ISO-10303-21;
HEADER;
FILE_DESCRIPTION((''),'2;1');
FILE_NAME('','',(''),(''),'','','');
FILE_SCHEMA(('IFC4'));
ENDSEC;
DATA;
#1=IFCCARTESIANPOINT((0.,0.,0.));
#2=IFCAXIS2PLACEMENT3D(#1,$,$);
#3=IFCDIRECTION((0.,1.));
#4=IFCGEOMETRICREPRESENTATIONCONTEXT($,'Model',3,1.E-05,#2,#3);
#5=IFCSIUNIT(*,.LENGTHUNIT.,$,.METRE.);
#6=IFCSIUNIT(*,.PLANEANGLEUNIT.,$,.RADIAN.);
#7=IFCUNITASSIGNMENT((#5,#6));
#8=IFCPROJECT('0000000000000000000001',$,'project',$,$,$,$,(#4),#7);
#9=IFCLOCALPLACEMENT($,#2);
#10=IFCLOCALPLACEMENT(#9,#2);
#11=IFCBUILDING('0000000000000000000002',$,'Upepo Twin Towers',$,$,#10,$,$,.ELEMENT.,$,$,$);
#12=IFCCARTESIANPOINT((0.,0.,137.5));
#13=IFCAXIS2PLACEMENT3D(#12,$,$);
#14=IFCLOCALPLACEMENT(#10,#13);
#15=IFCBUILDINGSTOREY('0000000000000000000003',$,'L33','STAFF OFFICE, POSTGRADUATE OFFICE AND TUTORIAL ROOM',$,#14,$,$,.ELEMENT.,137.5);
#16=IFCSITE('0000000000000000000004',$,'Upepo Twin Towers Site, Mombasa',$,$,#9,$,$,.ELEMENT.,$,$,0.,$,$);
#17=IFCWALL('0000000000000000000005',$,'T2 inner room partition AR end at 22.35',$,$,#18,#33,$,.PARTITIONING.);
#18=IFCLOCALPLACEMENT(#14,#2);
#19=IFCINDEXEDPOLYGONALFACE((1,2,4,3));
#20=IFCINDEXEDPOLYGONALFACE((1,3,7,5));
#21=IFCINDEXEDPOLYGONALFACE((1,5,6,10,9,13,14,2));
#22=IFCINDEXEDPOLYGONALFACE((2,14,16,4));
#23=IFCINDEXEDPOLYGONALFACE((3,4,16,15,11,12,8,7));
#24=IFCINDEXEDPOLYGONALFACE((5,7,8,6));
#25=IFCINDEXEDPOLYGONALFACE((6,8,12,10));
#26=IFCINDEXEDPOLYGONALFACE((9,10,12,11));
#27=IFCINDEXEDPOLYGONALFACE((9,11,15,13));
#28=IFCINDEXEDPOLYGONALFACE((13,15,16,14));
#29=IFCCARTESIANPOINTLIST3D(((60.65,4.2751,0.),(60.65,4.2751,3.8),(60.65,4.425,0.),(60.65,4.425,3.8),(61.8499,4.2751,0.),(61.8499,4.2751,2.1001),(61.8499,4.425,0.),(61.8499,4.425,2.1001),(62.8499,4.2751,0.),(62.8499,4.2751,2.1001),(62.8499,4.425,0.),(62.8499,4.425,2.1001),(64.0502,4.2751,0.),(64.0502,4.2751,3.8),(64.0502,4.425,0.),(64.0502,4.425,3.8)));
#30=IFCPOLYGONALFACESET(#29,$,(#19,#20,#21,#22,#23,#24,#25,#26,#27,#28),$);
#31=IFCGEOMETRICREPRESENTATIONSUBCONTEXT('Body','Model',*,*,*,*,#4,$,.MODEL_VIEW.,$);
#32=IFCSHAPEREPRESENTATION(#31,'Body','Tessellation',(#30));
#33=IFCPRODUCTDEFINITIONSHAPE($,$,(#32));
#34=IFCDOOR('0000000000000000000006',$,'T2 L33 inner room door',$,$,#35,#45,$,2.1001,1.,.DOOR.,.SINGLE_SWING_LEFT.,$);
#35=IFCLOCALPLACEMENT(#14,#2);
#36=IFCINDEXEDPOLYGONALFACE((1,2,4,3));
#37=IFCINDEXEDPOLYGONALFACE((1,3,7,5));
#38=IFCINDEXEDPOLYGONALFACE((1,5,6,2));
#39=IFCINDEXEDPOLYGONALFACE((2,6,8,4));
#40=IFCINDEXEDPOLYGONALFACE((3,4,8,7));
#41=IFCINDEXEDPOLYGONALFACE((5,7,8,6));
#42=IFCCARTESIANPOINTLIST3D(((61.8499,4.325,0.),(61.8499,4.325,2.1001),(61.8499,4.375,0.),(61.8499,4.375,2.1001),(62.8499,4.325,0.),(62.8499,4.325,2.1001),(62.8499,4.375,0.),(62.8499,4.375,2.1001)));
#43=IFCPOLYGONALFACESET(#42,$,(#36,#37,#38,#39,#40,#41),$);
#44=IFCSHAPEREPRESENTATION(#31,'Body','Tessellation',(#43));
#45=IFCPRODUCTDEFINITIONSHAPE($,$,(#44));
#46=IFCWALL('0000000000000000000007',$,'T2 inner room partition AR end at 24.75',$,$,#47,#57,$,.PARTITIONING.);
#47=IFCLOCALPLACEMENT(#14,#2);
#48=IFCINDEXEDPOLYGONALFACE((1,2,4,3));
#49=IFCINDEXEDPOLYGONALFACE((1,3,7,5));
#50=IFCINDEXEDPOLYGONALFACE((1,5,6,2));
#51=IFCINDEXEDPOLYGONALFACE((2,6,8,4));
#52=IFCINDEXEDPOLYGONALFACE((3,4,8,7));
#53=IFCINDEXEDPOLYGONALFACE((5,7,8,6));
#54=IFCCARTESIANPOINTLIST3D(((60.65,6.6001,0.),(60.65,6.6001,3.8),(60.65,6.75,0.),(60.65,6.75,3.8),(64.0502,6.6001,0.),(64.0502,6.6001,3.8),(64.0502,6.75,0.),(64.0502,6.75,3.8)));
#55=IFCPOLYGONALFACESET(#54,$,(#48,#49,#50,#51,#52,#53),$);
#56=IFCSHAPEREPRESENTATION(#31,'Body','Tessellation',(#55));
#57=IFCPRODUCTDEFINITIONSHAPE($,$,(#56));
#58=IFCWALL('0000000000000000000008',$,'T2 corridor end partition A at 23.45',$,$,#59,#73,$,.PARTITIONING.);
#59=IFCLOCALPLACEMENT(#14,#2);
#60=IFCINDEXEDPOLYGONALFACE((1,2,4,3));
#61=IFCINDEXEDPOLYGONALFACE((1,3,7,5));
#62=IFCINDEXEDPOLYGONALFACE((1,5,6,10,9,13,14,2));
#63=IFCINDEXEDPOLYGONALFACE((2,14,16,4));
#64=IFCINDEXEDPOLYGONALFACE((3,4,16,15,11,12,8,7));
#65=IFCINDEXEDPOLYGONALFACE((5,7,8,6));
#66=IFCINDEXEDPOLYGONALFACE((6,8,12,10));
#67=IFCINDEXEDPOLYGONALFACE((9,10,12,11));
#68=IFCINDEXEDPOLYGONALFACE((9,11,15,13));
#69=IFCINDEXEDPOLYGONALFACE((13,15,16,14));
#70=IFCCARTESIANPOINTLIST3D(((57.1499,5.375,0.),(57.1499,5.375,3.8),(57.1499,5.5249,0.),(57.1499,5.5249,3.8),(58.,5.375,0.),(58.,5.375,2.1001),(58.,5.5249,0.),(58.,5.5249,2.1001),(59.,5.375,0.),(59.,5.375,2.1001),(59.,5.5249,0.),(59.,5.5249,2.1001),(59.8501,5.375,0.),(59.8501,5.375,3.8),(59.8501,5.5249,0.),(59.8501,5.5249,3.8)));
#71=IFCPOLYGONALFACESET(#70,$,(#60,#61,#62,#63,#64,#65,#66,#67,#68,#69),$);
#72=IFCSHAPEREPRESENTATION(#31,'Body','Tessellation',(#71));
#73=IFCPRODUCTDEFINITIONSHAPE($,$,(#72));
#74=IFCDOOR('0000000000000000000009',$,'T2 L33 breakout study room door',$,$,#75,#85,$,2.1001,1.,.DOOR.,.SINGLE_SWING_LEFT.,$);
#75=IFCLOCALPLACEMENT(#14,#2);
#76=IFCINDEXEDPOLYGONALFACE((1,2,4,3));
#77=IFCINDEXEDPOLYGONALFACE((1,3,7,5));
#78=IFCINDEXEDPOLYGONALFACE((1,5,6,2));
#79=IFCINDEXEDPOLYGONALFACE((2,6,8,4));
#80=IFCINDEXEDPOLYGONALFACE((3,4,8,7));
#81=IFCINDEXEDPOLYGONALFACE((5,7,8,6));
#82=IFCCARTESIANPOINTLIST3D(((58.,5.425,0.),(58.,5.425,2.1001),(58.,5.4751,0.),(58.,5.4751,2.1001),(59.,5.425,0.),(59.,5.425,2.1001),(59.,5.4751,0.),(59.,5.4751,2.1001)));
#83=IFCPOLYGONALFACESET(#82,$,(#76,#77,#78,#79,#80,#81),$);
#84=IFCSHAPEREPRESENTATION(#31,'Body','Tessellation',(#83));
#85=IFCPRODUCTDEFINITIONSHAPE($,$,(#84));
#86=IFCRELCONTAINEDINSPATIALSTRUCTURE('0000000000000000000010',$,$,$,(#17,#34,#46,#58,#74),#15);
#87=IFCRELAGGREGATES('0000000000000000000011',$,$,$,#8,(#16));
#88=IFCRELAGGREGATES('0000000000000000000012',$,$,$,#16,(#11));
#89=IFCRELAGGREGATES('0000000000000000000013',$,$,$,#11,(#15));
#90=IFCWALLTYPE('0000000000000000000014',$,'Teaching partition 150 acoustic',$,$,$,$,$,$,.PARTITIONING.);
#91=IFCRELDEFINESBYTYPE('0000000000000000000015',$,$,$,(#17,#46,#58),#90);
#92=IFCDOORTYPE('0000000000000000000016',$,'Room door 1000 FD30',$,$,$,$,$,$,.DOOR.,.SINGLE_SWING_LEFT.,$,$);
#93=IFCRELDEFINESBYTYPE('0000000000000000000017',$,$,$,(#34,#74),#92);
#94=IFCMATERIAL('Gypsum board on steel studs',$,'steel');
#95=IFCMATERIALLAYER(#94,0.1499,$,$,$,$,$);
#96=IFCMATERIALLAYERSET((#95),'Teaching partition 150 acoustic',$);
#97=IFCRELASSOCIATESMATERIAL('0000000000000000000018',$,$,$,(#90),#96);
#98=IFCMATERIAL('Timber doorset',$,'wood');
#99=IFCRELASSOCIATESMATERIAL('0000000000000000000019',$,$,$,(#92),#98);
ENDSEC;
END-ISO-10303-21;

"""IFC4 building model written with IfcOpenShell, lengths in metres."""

from ifc_helpers import new_model, si_unit, direction, frame, frame_2d, origin, place, context, subcontext, project, spatial, rectangle, extrude, material, layer, layer_set, type_object, element, fill, save


model = new_model("IFC4")

# Units and contexts
model_context = context("Model", 3, precision=1e-05, world=origin(), true_north=direction((0.0, 1.0)))
body_context = subcontext(model_context, "Body", "Model", "MODEL_VIEW")
ifc_project = project(units=[si_unit("LENGTHUNIT", "METRE"), si_unit("PLANEANGLEUNIT", "RADIAN")], contexts=[model_context])

# Site, building, storey
site_placement = place(None, origin())
site = spatial("IfcSite", under=ifc_project, at=site_placement, Name="Upepo Twin Towers Site, Mombasa", CompositionType="ELEMENT", RefElevation=0.0)
building_placement = place(site_placement, origin())
building = spatial("IfcBuilding", under=site, at=building_placement, Name="Upepo Twin Towers", CompositionType="ELEMENT")
storey_placement = place(building_placement, frame((0.0, 0.0, 137.5)))
storey = spatial("IfcBuildingStorey", under=building, at=storey_placement, Name="L33", Description="STAFF OFFICE, POSTGRADUATE OFFICE AND TUTORIAL ROOM", CompositionType="ELEMENT", Elevation=137.5)

# Shared definitions
ifc_material_1 = material(Name="Gypsum board on steel studs", Category="steel")
ifc_layer_1 = layer(ifc_material_1, 0.1499)
ifc_layer_set_1 = layer_set([ifc_layer_1], Name="Teaching partition 150 acoustic")
wall_type_1 = type_object("IfcWallType", Name="Teaching partition 150 acoustic", PredefinedType="PARTITIONING", material=ifc_layer_set_1)

# Wall, opening, door
wall_1_placement = place(storey_placement, frame((60.6499, 4.3501, 0.0), z_axis=(0.0, 0.0, 1.0), x_axis=(1.0, 0.0, 0.0)))
wall_1 = element("IfcWall", 1, at=wall_1_placement, inside=storey, type_object=wall_type_1, Name="T2 inner room partition AR end at 22.35", PredefinedType="PARTITIONING", context=body_context, shape_type="SweptSolid", body=[
    extrude(rectangle(XDim=3.4001, YDim=0.1499, at=frame_2d((1.7002, 0.0))), origin(), (0.0, 0.0, 1.0), 3.8),
])
opening_1_placement = place(wall_1_placement, frame((1.2, 0.0, 0.0)))
opening_1 = element("IfcOpeningElement", 2, at=opening_1_placement, cuts=wall_1, PredefinedType="OPENING", context=body_context, shape_type="SweptSolid", body=[
    extrude(rectangle(XDim=1.0, YDim=2.1001, at=frame_2d((0.5, 1.05))), frame((0.0, 0.085, 0.0), z_axis=(0.0, -1.0, 0.0), x_axis=(1.0, 0.0, 0.0)), (0.0, 0.0, 1.0), 0.1699),
])
ifc_material_2 = material(Name="Timber doorset", Category="wood")
door_type = type_object("IfcDoorType", Name="Room door 1000 FD30", OperationType="SINGLE_SWING_LEFT", PredefinedType="DOOR", material=ifc_material_2)
door_1_placement = place(opening_1_placement, origin())
door_1 = element("IfcDoor", 3, at=door_1_placement, inside=storey, type_object=door_type, Name="T2 L33 inner room door", OperationType="SINGLE_SWING_LEFT", OverallHeight=2.1001, OverallWidth=1.0, PredefinedType="DOOR", context=body_context, shape_type="SweptSolid", body=[
    extrude(rectangle(XDim=1.0, YDim=2.1001, at=frame_2d((0.5, 1.05))), frame((0.0, 0.0249, 0.0), z_axis=(0.0, -1.0, 0.0), x_axis=(1.0, 0.0, 0.0)), (0.0, 0.0, 1.0), 0.05),
])
fill(opening_1, door_1)

# Wall
wall_2_placement = place(storey_placement, frame((60.6499, 6.675, 0.0), z_axis=(0.0, 0.0, 1.0), x_axis=(1.0, 0.0, 0.0)))
element("IfcWall", 4, at=wall_2_placement, inside=storey, type_object=wall_type_1, Name="T2 inner room partition AR end at 24.75", PredefinedType="PARTITIONING", context=body_context, shape_type="SweptSolid", body=[
    extrude(rectangle(XDim=3.4001, YDim=0.1499, at=frame_2d((1.7002, 0.0))), origin(), (0.0, 0.0, 1.0), 3.8),
])

# Wall, opening, door
wall_3_placement = place(storey_placement, frame((59.8501, 5.45, 0.0), z_axis=(0.0, 0.0, 1.0), x_axis=(-1.0, 0.0, 0.0)))
wall_3 = element("IfcWall", 5, at=wall_3_placement, inside=storey, type_object=wall_type_1, Name="T2 corridor end partition A at 23.45", PredefinedType="PARTITIONING", context=body_context, shape_type="SweptSolid", body=[
    extrude(rectangle(XDim=2.7002, YDim=0.1499, at=frame_2d((1.3501, 0.0))), origin(), (0.0, 0.0, 1.0), 3.8),
])
opening_2_placement = place(wall_3_placement, frame((0.8501, 0.0, 0.0)))
opening_2 = element("IfcOpeningElement", 6, at=opening_2_placement, cuts=wall_3, PredefinedType="OPENING", context=body_context, shape_type="SweptSolid", body=[
    extrude(rectangle(XDim=1.0, YDim=2.1001, at=frame_2d((0.5, 1.05))), frame((0.0, 0.085, 0.0), z_axis=(0.0, -1.0, 0.0), x_axis=(1.0, 0.0, 0.0)), (0.0, 0.0, 1.0), 0.1699),
])
door_2_placement = place(opening_2_placement, origin())
door_2 = element("IfcDoor", 7, at=door_2_placement, inside=storey, type_object=door_type, Name="T2 L33 breakout study room door", OperationType="SINGLE_SWING_LEFT", OverallHeight=2.1001, OverallWidth=1.0, PredefinedType="DOOR", context=body_context, shape_type="SweptSolid", body=[
    extrude(rectangle(XDim=1.0, YDim=2.1001, at=frame_2d((0.5, 1.05))), frame((0.0, 0.0249, 0.0), z_axis=(0.0, -1.0, 0.0), x_axis=(1.0, 0.0, 0.0)), (0.0, 0.0, 1.0), 0.05),
])
fill(opening_2, door_2)

save(model, "model.ifc")
